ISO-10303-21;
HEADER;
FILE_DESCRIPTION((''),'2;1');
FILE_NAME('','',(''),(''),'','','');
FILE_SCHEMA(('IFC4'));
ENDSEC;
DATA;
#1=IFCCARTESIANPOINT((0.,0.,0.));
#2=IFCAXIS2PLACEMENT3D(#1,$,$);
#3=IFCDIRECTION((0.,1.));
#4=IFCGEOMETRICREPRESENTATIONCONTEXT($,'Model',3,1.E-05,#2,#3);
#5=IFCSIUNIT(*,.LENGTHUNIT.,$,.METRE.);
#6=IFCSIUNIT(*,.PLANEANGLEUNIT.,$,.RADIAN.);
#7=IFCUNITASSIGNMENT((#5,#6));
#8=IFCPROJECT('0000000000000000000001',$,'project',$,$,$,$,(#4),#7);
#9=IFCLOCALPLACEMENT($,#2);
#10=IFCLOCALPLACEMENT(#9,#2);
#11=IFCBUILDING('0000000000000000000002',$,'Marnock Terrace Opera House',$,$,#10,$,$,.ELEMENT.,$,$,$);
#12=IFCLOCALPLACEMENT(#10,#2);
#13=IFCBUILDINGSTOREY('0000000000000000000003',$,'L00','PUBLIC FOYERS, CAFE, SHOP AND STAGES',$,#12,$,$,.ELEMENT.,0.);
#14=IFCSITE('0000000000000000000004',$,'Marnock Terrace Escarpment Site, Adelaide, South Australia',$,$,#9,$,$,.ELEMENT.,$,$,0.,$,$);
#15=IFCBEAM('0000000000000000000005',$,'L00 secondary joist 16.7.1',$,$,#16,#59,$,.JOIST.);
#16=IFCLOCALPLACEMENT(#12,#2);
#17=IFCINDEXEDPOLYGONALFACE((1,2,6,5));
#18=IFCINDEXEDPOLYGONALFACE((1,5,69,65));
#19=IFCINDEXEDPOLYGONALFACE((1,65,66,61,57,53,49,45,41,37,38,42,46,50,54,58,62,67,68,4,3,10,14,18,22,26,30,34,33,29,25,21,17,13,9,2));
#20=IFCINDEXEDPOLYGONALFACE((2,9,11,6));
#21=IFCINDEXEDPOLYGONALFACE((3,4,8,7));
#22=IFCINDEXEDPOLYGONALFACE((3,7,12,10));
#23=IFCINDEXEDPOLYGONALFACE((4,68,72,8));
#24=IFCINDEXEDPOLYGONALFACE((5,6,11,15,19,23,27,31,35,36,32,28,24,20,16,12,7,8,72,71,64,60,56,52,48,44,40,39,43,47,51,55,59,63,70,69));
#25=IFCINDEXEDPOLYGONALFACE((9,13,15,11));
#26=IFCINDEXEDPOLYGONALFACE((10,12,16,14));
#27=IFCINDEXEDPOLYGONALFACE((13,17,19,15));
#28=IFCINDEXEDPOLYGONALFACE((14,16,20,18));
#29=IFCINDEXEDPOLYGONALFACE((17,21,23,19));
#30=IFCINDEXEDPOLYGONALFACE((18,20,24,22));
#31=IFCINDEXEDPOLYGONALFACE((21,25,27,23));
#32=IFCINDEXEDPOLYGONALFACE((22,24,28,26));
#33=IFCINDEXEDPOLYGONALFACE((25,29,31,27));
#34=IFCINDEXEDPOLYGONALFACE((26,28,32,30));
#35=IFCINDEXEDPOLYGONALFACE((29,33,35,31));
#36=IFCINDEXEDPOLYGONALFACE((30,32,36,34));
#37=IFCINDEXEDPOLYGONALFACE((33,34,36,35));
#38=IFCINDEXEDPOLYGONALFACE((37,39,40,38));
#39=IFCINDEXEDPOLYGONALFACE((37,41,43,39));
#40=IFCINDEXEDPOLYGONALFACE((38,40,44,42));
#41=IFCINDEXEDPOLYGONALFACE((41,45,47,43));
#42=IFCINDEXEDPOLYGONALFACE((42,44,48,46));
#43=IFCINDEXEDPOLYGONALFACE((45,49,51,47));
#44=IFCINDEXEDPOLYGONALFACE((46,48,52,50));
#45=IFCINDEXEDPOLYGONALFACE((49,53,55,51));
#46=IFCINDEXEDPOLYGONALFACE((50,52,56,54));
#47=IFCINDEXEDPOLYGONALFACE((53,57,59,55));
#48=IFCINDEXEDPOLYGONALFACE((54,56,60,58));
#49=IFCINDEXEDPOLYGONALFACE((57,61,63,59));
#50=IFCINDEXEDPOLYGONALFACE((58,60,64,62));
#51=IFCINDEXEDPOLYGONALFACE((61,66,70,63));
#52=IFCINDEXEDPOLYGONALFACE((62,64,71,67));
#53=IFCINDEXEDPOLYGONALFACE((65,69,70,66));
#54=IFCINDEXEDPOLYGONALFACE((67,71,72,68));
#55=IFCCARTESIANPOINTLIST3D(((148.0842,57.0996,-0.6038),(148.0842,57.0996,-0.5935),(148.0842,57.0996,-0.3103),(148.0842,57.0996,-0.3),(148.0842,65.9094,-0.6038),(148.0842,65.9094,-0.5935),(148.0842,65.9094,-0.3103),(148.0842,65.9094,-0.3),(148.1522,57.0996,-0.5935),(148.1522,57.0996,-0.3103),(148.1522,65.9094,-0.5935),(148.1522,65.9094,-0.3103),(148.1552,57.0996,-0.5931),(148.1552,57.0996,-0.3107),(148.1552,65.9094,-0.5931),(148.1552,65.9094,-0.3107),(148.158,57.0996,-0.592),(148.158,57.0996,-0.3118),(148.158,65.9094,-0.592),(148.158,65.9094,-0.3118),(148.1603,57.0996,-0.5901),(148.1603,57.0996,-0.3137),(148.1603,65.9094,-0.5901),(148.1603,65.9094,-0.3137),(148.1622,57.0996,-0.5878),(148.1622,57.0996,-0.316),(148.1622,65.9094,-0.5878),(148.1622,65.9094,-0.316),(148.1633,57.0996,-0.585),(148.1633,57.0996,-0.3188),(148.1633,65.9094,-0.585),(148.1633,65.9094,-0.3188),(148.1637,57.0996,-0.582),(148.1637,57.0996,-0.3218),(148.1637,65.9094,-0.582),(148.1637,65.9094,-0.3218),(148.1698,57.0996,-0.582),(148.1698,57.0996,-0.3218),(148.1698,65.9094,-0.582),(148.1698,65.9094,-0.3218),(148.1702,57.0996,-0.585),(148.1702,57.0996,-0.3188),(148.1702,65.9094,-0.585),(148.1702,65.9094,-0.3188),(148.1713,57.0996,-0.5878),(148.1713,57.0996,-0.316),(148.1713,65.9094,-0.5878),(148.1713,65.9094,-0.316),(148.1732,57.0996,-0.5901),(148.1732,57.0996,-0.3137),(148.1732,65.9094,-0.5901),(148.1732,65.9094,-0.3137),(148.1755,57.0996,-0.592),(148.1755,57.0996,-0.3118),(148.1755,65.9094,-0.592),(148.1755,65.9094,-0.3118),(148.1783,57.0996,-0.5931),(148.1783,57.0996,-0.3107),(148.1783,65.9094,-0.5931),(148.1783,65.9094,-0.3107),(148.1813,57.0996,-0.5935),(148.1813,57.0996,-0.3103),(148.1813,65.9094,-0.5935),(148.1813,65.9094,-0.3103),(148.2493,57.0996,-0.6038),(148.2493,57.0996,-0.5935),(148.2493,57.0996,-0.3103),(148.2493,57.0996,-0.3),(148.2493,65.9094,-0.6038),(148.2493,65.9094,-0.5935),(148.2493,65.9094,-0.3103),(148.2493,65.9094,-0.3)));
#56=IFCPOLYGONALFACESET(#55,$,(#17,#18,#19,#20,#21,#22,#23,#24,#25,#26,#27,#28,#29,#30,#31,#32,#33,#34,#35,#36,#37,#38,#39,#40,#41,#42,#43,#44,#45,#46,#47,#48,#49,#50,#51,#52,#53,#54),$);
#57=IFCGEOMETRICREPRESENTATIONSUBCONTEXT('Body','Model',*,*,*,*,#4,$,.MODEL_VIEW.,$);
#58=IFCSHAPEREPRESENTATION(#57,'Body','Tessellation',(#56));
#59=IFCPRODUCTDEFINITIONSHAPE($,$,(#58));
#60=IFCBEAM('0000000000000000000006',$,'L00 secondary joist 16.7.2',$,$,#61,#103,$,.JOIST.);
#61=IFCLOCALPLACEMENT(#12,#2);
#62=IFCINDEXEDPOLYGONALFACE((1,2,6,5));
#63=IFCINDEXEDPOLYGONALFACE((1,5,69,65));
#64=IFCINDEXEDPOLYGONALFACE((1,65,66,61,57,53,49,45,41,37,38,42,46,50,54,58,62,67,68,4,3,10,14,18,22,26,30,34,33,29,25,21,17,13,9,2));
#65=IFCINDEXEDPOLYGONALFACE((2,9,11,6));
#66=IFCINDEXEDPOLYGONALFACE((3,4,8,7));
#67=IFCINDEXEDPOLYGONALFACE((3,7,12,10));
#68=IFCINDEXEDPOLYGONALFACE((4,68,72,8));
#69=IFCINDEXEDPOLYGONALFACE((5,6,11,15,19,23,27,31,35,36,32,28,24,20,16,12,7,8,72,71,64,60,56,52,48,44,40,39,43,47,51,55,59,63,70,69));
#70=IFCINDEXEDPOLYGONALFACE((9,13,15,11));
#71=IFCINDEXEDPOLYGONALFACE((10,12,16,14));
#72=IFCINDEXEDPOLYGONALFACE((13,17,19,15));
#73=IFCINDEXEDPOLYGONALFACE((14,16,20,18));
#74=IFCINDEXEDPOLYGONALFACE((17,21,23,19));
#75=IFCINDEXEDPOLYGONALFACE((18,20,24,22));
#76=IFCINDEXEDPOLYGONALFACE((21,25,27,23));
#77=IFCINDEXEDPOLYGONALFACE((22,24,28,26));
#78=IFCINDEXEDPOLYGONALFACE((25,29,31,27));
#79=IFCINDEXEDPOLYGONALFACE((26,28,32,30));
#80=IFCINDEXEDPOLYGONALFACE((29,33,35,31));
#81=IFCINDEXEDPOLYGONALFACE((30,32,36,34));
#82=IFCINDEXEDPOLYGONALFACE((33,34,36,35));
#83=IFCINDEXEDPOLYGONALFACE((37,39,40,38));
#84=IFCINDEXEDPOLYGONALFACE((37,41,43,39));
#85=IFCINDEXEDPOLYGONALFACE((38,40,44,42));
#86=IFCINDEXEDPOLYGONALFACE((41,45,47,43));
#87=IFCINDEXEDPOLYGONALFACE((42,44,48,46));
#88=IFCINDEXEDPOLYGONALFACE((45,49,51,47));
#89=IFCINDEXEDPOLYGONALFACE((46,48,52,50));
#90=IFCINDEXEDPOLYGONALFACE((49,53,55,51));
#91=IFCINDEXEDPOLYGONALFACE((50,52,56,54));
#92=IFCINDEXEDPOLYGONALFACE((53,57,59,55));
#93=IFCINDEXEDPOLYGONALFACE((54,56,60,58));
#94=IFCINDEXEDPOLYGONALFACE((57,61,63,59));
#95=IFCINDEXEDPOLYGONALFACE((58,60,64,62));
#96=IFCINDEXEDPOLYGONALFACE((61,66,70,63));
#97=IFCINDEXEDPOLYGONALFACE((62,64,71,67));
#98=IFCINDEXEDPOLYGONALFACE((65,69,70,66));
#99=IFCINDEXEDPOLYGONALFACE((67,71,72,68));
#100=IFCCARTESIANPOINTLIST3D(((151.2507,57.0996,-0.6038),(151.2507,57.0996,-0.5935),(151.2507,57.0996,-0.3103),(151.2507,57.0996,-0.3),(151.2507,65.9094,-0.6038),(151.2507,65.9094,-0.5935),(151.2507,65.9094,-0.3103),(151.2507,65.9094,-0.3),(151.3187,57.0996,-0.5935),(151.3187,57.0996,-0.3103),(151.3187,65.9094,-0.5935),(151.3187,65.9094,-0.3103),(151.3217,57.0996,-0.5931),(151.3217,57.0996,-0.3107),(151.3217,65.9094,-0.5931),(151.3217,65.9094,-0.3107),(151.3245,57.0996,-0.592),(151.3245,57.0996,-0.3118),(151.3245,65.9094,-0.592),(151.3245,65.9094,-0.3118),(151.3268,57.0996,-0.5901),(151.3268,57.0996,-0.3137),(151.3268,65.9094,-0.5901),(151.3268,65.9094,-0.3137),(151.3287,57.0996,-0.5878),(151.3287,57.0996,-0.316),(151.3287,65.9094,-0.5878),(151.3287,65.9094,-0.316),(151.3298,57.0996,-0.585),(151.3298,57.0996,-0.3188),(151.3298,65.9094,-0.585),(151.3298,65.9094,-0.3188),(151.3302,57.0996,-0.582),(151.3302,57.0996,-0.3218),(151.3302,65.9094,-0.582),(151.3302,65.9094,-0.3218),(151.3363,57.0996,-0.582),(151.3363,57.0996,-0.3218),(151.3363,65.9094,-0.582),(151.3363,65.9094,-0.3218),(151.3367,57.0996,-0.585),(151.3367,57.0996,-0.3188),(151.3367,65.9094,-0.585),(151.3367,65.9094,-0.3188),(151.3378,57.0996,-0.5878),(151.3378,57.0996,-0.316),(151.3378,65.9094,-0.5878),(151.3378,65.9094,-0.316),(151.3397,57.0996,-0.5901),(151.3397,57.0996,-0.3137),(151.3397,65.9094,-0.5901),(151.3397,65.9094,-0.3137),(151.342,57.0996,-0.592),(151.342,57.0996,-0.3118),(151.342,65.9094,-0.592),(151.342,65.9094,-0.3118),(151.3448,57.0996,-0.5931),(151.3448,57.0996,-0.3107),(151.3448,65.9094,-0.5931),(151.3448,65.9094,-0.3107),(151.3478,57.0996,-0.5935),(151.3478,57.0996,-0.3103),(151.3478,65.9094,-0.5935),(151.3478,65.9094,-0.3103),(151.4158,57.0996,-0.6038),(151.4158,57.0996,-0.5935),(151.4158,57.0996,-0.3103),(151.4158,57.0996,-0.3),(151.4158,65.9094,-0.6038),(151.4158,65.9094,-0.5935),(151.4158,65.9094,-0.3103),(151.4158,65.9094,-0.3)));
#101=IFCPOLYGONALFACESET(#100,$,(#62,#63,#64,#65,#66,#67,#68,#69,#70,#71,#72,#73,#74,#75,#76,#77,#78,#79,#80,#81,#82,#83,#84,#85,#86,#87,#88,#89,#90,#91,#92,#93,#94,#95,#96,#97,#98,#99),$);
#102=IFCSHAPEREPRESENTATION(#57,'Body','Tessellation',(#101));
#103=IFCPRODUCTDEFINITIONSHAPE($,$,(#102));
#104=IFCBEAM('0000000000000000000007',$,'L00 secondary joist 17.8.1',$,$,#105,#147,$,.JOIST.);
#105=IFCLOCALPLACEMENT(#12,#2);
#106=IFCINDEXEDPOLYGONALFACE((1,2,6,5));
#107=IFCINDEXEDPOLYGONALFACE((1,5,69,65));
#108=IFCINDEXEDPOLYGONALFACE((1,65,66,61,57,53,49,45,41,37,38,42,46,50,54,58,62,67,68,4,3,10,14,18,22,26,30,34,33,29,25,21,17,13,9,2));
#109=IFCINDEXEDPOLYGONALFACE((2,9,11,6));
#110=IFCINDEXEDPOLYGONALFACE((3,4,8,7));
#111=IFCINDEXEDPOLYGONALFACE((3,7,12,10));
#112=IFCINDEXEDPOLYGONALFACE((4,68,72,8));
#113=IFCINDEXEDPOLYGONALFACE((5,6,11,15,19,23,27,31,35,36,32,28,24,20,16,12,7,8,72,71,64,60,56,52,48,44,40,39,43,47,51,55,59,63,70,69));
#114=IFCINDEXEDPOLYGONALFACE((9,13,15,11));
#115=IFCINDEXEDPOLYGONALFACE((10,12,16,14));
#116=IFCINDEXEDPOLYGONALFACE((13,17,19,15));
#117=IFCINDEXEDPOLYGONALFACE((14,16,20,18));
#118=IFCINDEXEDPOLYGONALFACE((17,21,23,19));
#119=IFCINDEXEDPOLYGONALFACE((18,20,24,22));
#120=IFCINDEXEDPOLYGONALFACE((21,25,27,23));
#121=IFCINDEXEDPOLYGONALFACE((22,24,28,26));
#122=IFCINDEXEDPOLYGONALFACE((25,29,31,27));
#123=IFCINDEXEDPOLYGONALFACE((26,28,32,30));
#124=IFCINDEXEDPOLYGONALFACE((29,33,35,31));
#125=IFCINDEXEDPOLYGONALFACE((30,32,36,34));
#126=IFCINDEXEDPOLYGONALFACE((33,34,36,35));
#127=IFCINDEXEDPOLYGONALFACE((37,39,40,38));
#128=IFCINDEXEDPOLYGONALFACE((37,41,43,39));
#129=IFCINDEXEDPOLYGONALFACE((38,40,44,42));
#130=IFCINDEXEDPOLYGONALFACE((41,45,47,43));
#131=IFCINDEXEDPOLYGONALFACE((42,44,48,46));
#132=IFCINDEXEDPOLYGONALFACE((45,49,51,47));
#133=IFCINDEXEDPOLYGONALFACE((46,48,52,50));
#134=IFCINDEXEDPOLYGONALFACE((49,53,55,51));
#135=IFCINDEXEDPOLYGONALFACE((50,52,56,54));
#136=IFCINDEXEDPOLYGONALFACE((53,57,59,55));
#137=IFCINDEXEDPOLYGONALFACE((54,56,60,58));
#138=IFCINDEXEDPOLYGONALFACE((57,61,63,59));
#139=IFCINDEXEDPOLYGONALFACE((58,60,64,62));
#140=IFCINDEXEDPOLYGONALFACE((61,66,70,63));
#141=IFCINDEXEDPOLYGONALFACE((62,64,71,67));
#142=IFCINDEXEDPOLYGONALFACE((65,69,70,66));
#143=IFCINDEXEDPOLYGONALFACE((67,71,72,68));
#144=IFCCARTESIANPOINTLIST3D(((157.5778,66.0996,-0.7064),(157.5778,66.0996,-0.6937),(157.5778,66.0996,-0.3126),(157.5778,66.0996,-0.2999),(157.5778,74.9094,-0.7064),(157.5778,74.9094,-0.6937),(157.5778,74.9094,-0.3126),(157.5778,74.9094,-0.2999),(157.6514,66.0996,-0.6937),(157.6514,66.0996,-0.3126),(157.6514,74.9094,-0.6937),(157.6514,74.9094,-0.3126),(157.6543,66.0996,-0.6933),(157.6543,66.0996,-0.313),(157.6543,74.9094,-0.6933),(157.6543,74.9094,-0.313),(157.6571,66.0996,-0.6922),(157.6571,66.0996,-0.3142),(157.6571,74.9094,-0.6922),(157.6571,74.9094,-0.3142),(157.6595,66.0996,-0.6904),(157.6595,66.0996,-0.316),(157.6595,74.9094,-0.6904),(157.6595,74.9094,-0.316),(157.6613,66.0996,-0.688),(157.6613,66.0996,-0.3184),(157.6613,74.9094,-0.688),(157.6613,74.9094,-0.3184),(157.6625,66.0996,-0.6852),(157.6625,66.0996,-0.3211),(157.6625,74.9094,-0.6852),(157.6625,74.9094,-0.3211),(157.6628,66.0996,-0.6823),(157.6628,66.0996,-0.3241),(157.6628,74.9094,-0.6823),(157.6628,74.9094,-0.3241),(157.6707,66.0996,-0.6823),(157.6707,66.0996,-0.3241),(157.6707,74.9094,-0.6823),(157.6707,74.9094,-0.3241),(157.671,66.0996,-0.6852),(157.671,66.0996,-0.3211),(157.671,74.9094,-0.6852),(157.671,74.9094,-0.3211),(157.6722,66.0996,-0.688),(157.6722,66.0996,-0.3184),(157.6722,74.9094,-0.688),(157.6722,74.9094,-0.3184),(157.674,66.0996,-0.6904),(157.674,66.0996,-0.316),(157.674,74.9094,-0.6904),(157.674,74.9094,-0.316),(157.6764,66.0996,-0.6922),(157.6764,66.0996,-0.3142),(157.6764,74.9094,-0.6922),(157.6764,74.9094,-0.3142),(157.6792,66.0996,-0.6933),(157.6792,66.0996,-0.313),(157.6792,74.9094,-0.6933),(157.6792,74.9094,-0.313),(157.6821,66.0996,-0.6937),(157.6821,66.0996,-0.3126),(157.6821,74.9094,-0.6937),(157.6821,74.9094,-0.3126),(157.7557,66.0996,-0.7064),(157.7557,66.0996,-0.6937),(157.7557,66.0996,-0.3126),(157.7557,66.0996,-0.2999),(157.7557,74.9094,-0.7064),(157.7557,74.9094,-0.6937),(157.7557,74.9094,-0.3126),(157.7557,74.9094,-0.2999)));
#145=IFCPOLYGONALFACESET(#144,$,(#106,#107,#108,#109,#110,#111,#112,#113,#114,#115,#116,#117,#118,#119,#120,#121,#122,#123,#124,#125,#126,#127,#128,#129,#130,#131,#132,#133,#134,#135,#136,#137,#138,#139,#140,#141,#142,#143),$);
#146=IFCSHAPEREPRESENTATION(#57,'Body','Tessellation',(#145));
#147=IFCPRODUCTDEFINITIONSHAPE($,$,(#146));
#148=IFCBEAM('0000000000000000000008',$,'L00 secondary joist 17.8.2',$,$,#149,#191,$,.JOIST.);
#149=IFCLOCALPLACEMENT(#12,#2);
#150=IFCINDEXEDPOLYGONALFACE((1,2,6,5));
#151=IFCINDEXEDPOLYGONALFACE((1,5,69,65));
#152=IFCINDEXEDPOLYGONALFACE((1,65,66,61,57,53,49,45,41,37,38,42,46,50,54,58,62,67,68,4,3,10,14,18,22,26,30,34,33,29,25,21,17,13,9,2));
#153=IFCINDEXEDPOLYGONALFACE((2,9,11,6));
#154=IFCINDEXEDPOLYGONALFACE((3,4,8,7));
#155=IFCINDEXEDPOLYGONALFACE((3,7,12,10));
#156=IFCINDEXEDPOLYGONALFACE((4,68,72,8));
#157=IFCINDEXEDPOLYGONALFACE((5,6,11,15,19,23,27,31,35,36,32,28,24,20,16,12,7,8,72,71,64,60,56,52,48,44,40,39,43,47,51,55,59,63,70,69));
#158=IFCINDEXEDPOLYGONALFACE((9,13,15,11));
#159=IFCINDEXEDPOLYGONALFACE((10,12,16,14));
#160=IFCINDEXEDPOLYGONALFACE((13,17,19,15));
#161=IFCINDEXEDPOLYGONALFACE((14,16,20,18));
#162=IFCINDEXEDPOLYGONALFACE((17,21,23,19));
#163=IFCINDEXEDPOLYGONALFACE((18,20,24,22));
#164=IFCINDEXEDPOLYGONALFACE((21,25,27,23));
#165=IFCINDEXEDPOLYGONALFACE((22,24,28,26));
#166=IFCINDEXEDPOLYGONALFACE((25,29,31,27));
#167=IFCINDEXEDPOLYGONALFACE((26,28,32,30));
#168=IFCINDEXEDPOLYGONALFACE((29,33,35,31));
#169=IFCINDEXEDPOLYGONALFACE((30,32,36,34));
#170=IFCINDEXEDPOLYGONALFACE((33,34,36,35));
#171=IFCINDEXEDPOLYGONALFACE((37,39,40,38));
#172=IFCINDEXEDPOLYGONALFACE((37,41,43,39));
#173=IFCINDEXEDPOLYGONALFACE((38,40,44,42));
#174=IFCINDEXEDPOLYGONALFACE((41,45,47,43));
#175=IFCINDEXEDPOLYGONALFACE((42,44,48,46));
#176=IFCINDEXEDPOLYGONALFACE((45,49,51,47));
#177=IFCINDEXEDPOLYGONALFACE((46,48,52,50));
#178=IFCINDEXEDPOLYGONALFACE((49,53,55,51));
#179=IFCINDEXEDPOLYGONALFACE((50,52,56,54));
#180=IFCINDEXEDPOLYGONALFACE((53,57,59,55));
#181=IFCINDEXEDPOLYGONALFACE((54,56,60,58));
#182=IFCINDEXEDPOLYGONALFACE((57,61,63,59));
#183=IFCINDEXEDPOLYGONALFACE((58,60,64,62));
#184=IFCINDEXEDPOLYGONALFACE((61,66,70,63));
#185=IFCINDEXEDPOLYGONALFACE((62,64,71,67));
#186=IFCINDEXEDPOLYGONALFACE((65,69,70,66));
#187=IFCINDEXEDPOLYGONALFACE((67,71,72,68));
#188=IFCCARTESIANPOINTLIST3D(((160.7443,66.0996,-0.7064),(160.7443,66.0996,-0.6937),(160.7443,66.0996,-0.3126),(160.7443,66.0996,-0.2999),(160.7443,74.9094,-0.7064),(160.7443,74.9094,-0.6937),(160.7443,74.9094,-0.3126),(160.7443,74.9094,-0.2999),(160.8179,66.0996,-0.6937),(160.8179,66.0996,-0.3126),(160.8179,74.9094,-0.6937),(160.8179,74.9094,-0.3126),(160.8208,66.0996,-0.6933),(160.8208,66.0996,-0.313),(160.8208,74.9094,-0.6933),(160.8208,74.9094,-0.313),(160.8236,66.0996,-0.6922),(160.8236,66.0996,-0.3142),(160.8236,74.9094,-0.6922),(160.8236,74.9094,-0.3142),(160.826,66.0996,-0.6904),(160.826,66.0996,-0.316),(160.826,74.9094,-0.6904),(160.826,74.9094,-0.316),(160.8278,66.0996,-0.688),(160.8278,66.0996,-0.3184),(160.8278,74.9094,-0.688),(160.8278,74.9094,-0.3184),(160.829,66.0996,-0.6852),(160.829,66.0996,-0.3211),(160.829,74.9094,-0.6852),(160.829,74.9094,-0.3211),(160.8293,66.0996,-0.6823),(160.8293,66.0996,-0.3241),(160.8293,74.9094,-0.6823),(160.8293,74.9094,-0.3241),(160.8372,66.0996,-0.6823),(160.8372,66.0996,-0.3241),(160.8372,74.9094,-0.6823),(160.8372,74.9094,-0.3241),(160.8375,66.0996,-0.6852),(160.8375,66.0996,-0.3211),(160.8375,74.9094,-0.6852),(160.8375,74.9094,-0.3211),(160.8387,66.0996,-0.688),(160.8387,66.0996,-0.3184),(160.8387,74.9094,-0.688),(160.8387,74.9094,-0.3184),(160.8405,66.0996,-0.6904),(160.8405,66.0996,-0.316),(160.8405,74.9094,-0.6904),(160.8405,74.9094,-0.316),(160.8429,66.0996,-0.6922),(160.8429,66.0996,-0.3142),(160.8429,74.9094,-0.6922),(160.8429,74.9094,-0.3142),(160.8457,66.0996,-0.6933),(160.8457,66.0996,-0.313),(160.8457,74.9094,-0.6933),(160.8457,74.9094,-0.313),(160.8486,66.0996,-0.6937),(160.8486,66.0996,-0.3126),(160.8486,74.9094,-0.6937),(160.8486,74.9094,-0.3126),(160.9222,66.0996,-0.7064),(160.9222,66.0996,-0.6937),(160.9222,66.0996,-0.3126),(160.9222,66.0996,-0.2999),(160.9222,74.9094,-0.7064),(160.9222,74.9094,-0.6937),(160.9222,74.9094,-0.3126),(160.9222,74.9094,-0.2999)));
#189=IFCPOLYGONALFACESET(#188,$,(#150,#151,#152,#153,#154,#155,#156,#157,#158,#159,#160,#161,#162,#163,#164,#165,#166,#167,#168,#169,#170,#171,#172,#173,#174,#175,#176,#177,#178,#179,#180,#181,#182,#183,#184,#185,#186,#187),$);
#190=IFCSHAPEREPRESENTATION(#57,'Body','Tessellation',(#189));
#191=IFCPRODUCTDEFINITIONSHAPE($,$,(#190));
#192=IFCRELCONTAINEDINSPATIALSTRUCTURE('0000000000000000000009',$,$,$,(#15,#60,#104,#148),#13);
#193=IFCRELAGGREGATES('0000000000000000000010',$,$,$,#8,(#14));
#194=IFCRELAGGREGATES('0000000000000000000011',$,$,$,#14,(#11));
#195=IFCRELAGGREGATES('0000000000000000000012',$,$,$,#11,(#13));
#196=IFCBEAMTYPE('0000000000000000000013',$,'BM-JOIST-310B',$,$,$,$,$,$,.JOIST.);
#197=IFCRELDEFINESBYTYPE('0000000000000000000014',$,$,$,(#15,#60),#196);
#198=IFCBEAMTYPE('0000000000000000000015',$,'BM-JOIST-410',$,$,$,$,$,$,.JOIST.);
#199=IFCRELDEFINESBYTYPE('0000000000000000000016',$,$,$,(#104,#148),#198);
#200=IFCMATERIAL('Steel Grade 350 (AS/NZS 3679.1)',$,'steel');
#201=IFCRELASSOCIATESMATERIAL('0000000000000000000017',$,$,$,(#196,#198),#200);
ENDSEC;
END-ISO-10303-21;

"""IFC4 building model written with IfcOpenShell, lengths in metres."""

from ifc_helpers import new_model, si_unit, direction, frame, origin, origin_2d, place, context, subcontext, project, spatial, i_section, extrude, material, material_profile, profile_set, type_object, element, save


model = new_model("IFC4")

# Units and contexts
model_context = context("Model", 3, precision=1e-05, world=origin(), true_north=direction((0.0, 1.0)))
body_context = subcontext(model_context, "Body", "Model", "MODEL_VIEW")
ifc_project = project(units=[si_unit("LENGTHUNIT", "METRE"), si_unit("PLANEANGLEUNIT", "RADIAN")], contexts=[model_context])

# Site, building, storey
site_placement = place(None, origin())
site = spatial("IfcSite", under=ifc_project, at=site_placement, Name="Marnock Terrace Escarpment Site, Adelaide, South Australia", CompositionType="ELEMENT", RefElevation=0.0)
building_placement = place(site_placement, origin())
building = spatial("IfcBuilding", under=site, at=building_placement, Name="Marnock Terrace Opera House", CompositionType="ELEMENT")
storey_placement = place(building_placement, origin())
storey = spatial("IfcBuildingStorey", under=building, at=storey_placement, Name="L00", Description="PUBLIC FOYERS, CAFE, SHOP AND STAGES", CompositionType="ELEMENT", Elevation=0.0)

# Beams
ifc_material_1 = material(Name="Steel Grade 350 (AS/NZS 3679.1)", Category="steel")
ifc_material_profile_1 = material_profile(ifc_material_1, i_section(OverallWidth=0.165, OverallDepth=0.3037, WebThickness=0.0061, FlangeThickness=0.0103, FilletRadius=0.0115, at=origin_2d()))
ifc_profile_set_1 = profile_set([ifc_material_profile_1], Name="Steel Grade 350 (AS/NZS 3679.1)")
beam_type_1 = type_object("IfcBeamType", Name="BM-JOIST-310B", PredefinedType="JOIST", material=ifc_profile_set_1)
for number, where, z_axis, x_axis, name in (
    (1, (148.1667, 57.0996, -0.4519), (0.0, 1.0, 0.0), (-1.0, 0.0, 0.0), "L00 secondary joist 16.7.1"),
    (2, (151.3333, 57.0996, -0.4519), (0.0, 1.0, 0.0), (-1.0, 0.0, 0.0), "L00 secondary joist 16.7.2"),
):
    element("IfcBeam", number, at=place(storey_placement, frame(where, z_axis=z_axis, x_axis=x_axis)), inside=storey, type_object=beam_type_1, Name=name, PredefinedType="JOIST", context=body_context, shape_type="SweptSolid", body=[
        extrude(i_section(OverallWidth=0.165, OverallDepth=0.3037, WebThickness=0.0061, FlangeThickness=0.0103, FilletRadius=0.0115, at=origin_2d()), origin(), (0.0, 0.0, 1.0), 8.8098),
    ])
ifc_material_profile_2 = material_profile(ifc_material_1, i_section(OverallWidth=0.178, OverallDepth=0.4065, WebThickness=0.0078, FlangeThickness=0.0127, FilletRadius=0.0115, at=origin_2d()))
ifc_profile_set_2 = profile_set([ifc_material_profile_2], Name="Steel Grade 350 (AS/NZS 3679.1)")
beam_type_2 = type_object("IfcBeamType", Name="BM-JOIST-410", PredefinedType="JOIST", material=ifc_profile_set_2)
for number, where, z_axis, x_axis, name in (
    (3, (157.6667, 66.0996, -0.5032), (0.0, 1.0, 0.0), (-1.0, 0.0, 0.0), "L00 secondary joist 17.8.1"),
    (4, (160.8333, 66.0996, -0.5032), (0.0, 1.0, 0.0), (-1.0, 0.0, 0.0), "L00 secondary joist 17.8.2"),
):
    element("IfcBeam", number, at=place(storey_placement, frame(where, z_axis=z_axis, x_axis=x_axis)), inside=storey, type_object=beam_type_2, Name=name, PredefinedType="JOIST", context=body_context, shape_type="SweptSolid", body=[
        extrude(i_section(OverallWidth=0.178, OverallDepth=0.4065, WebThickness=0.0078, FlangeThickness=0.0127, FilletRadius=0.0115, at=origin_2d()), origin(), (0.0, 0.0, 1.0), 8.8098),
    ])

save(model, "model.ifc")
